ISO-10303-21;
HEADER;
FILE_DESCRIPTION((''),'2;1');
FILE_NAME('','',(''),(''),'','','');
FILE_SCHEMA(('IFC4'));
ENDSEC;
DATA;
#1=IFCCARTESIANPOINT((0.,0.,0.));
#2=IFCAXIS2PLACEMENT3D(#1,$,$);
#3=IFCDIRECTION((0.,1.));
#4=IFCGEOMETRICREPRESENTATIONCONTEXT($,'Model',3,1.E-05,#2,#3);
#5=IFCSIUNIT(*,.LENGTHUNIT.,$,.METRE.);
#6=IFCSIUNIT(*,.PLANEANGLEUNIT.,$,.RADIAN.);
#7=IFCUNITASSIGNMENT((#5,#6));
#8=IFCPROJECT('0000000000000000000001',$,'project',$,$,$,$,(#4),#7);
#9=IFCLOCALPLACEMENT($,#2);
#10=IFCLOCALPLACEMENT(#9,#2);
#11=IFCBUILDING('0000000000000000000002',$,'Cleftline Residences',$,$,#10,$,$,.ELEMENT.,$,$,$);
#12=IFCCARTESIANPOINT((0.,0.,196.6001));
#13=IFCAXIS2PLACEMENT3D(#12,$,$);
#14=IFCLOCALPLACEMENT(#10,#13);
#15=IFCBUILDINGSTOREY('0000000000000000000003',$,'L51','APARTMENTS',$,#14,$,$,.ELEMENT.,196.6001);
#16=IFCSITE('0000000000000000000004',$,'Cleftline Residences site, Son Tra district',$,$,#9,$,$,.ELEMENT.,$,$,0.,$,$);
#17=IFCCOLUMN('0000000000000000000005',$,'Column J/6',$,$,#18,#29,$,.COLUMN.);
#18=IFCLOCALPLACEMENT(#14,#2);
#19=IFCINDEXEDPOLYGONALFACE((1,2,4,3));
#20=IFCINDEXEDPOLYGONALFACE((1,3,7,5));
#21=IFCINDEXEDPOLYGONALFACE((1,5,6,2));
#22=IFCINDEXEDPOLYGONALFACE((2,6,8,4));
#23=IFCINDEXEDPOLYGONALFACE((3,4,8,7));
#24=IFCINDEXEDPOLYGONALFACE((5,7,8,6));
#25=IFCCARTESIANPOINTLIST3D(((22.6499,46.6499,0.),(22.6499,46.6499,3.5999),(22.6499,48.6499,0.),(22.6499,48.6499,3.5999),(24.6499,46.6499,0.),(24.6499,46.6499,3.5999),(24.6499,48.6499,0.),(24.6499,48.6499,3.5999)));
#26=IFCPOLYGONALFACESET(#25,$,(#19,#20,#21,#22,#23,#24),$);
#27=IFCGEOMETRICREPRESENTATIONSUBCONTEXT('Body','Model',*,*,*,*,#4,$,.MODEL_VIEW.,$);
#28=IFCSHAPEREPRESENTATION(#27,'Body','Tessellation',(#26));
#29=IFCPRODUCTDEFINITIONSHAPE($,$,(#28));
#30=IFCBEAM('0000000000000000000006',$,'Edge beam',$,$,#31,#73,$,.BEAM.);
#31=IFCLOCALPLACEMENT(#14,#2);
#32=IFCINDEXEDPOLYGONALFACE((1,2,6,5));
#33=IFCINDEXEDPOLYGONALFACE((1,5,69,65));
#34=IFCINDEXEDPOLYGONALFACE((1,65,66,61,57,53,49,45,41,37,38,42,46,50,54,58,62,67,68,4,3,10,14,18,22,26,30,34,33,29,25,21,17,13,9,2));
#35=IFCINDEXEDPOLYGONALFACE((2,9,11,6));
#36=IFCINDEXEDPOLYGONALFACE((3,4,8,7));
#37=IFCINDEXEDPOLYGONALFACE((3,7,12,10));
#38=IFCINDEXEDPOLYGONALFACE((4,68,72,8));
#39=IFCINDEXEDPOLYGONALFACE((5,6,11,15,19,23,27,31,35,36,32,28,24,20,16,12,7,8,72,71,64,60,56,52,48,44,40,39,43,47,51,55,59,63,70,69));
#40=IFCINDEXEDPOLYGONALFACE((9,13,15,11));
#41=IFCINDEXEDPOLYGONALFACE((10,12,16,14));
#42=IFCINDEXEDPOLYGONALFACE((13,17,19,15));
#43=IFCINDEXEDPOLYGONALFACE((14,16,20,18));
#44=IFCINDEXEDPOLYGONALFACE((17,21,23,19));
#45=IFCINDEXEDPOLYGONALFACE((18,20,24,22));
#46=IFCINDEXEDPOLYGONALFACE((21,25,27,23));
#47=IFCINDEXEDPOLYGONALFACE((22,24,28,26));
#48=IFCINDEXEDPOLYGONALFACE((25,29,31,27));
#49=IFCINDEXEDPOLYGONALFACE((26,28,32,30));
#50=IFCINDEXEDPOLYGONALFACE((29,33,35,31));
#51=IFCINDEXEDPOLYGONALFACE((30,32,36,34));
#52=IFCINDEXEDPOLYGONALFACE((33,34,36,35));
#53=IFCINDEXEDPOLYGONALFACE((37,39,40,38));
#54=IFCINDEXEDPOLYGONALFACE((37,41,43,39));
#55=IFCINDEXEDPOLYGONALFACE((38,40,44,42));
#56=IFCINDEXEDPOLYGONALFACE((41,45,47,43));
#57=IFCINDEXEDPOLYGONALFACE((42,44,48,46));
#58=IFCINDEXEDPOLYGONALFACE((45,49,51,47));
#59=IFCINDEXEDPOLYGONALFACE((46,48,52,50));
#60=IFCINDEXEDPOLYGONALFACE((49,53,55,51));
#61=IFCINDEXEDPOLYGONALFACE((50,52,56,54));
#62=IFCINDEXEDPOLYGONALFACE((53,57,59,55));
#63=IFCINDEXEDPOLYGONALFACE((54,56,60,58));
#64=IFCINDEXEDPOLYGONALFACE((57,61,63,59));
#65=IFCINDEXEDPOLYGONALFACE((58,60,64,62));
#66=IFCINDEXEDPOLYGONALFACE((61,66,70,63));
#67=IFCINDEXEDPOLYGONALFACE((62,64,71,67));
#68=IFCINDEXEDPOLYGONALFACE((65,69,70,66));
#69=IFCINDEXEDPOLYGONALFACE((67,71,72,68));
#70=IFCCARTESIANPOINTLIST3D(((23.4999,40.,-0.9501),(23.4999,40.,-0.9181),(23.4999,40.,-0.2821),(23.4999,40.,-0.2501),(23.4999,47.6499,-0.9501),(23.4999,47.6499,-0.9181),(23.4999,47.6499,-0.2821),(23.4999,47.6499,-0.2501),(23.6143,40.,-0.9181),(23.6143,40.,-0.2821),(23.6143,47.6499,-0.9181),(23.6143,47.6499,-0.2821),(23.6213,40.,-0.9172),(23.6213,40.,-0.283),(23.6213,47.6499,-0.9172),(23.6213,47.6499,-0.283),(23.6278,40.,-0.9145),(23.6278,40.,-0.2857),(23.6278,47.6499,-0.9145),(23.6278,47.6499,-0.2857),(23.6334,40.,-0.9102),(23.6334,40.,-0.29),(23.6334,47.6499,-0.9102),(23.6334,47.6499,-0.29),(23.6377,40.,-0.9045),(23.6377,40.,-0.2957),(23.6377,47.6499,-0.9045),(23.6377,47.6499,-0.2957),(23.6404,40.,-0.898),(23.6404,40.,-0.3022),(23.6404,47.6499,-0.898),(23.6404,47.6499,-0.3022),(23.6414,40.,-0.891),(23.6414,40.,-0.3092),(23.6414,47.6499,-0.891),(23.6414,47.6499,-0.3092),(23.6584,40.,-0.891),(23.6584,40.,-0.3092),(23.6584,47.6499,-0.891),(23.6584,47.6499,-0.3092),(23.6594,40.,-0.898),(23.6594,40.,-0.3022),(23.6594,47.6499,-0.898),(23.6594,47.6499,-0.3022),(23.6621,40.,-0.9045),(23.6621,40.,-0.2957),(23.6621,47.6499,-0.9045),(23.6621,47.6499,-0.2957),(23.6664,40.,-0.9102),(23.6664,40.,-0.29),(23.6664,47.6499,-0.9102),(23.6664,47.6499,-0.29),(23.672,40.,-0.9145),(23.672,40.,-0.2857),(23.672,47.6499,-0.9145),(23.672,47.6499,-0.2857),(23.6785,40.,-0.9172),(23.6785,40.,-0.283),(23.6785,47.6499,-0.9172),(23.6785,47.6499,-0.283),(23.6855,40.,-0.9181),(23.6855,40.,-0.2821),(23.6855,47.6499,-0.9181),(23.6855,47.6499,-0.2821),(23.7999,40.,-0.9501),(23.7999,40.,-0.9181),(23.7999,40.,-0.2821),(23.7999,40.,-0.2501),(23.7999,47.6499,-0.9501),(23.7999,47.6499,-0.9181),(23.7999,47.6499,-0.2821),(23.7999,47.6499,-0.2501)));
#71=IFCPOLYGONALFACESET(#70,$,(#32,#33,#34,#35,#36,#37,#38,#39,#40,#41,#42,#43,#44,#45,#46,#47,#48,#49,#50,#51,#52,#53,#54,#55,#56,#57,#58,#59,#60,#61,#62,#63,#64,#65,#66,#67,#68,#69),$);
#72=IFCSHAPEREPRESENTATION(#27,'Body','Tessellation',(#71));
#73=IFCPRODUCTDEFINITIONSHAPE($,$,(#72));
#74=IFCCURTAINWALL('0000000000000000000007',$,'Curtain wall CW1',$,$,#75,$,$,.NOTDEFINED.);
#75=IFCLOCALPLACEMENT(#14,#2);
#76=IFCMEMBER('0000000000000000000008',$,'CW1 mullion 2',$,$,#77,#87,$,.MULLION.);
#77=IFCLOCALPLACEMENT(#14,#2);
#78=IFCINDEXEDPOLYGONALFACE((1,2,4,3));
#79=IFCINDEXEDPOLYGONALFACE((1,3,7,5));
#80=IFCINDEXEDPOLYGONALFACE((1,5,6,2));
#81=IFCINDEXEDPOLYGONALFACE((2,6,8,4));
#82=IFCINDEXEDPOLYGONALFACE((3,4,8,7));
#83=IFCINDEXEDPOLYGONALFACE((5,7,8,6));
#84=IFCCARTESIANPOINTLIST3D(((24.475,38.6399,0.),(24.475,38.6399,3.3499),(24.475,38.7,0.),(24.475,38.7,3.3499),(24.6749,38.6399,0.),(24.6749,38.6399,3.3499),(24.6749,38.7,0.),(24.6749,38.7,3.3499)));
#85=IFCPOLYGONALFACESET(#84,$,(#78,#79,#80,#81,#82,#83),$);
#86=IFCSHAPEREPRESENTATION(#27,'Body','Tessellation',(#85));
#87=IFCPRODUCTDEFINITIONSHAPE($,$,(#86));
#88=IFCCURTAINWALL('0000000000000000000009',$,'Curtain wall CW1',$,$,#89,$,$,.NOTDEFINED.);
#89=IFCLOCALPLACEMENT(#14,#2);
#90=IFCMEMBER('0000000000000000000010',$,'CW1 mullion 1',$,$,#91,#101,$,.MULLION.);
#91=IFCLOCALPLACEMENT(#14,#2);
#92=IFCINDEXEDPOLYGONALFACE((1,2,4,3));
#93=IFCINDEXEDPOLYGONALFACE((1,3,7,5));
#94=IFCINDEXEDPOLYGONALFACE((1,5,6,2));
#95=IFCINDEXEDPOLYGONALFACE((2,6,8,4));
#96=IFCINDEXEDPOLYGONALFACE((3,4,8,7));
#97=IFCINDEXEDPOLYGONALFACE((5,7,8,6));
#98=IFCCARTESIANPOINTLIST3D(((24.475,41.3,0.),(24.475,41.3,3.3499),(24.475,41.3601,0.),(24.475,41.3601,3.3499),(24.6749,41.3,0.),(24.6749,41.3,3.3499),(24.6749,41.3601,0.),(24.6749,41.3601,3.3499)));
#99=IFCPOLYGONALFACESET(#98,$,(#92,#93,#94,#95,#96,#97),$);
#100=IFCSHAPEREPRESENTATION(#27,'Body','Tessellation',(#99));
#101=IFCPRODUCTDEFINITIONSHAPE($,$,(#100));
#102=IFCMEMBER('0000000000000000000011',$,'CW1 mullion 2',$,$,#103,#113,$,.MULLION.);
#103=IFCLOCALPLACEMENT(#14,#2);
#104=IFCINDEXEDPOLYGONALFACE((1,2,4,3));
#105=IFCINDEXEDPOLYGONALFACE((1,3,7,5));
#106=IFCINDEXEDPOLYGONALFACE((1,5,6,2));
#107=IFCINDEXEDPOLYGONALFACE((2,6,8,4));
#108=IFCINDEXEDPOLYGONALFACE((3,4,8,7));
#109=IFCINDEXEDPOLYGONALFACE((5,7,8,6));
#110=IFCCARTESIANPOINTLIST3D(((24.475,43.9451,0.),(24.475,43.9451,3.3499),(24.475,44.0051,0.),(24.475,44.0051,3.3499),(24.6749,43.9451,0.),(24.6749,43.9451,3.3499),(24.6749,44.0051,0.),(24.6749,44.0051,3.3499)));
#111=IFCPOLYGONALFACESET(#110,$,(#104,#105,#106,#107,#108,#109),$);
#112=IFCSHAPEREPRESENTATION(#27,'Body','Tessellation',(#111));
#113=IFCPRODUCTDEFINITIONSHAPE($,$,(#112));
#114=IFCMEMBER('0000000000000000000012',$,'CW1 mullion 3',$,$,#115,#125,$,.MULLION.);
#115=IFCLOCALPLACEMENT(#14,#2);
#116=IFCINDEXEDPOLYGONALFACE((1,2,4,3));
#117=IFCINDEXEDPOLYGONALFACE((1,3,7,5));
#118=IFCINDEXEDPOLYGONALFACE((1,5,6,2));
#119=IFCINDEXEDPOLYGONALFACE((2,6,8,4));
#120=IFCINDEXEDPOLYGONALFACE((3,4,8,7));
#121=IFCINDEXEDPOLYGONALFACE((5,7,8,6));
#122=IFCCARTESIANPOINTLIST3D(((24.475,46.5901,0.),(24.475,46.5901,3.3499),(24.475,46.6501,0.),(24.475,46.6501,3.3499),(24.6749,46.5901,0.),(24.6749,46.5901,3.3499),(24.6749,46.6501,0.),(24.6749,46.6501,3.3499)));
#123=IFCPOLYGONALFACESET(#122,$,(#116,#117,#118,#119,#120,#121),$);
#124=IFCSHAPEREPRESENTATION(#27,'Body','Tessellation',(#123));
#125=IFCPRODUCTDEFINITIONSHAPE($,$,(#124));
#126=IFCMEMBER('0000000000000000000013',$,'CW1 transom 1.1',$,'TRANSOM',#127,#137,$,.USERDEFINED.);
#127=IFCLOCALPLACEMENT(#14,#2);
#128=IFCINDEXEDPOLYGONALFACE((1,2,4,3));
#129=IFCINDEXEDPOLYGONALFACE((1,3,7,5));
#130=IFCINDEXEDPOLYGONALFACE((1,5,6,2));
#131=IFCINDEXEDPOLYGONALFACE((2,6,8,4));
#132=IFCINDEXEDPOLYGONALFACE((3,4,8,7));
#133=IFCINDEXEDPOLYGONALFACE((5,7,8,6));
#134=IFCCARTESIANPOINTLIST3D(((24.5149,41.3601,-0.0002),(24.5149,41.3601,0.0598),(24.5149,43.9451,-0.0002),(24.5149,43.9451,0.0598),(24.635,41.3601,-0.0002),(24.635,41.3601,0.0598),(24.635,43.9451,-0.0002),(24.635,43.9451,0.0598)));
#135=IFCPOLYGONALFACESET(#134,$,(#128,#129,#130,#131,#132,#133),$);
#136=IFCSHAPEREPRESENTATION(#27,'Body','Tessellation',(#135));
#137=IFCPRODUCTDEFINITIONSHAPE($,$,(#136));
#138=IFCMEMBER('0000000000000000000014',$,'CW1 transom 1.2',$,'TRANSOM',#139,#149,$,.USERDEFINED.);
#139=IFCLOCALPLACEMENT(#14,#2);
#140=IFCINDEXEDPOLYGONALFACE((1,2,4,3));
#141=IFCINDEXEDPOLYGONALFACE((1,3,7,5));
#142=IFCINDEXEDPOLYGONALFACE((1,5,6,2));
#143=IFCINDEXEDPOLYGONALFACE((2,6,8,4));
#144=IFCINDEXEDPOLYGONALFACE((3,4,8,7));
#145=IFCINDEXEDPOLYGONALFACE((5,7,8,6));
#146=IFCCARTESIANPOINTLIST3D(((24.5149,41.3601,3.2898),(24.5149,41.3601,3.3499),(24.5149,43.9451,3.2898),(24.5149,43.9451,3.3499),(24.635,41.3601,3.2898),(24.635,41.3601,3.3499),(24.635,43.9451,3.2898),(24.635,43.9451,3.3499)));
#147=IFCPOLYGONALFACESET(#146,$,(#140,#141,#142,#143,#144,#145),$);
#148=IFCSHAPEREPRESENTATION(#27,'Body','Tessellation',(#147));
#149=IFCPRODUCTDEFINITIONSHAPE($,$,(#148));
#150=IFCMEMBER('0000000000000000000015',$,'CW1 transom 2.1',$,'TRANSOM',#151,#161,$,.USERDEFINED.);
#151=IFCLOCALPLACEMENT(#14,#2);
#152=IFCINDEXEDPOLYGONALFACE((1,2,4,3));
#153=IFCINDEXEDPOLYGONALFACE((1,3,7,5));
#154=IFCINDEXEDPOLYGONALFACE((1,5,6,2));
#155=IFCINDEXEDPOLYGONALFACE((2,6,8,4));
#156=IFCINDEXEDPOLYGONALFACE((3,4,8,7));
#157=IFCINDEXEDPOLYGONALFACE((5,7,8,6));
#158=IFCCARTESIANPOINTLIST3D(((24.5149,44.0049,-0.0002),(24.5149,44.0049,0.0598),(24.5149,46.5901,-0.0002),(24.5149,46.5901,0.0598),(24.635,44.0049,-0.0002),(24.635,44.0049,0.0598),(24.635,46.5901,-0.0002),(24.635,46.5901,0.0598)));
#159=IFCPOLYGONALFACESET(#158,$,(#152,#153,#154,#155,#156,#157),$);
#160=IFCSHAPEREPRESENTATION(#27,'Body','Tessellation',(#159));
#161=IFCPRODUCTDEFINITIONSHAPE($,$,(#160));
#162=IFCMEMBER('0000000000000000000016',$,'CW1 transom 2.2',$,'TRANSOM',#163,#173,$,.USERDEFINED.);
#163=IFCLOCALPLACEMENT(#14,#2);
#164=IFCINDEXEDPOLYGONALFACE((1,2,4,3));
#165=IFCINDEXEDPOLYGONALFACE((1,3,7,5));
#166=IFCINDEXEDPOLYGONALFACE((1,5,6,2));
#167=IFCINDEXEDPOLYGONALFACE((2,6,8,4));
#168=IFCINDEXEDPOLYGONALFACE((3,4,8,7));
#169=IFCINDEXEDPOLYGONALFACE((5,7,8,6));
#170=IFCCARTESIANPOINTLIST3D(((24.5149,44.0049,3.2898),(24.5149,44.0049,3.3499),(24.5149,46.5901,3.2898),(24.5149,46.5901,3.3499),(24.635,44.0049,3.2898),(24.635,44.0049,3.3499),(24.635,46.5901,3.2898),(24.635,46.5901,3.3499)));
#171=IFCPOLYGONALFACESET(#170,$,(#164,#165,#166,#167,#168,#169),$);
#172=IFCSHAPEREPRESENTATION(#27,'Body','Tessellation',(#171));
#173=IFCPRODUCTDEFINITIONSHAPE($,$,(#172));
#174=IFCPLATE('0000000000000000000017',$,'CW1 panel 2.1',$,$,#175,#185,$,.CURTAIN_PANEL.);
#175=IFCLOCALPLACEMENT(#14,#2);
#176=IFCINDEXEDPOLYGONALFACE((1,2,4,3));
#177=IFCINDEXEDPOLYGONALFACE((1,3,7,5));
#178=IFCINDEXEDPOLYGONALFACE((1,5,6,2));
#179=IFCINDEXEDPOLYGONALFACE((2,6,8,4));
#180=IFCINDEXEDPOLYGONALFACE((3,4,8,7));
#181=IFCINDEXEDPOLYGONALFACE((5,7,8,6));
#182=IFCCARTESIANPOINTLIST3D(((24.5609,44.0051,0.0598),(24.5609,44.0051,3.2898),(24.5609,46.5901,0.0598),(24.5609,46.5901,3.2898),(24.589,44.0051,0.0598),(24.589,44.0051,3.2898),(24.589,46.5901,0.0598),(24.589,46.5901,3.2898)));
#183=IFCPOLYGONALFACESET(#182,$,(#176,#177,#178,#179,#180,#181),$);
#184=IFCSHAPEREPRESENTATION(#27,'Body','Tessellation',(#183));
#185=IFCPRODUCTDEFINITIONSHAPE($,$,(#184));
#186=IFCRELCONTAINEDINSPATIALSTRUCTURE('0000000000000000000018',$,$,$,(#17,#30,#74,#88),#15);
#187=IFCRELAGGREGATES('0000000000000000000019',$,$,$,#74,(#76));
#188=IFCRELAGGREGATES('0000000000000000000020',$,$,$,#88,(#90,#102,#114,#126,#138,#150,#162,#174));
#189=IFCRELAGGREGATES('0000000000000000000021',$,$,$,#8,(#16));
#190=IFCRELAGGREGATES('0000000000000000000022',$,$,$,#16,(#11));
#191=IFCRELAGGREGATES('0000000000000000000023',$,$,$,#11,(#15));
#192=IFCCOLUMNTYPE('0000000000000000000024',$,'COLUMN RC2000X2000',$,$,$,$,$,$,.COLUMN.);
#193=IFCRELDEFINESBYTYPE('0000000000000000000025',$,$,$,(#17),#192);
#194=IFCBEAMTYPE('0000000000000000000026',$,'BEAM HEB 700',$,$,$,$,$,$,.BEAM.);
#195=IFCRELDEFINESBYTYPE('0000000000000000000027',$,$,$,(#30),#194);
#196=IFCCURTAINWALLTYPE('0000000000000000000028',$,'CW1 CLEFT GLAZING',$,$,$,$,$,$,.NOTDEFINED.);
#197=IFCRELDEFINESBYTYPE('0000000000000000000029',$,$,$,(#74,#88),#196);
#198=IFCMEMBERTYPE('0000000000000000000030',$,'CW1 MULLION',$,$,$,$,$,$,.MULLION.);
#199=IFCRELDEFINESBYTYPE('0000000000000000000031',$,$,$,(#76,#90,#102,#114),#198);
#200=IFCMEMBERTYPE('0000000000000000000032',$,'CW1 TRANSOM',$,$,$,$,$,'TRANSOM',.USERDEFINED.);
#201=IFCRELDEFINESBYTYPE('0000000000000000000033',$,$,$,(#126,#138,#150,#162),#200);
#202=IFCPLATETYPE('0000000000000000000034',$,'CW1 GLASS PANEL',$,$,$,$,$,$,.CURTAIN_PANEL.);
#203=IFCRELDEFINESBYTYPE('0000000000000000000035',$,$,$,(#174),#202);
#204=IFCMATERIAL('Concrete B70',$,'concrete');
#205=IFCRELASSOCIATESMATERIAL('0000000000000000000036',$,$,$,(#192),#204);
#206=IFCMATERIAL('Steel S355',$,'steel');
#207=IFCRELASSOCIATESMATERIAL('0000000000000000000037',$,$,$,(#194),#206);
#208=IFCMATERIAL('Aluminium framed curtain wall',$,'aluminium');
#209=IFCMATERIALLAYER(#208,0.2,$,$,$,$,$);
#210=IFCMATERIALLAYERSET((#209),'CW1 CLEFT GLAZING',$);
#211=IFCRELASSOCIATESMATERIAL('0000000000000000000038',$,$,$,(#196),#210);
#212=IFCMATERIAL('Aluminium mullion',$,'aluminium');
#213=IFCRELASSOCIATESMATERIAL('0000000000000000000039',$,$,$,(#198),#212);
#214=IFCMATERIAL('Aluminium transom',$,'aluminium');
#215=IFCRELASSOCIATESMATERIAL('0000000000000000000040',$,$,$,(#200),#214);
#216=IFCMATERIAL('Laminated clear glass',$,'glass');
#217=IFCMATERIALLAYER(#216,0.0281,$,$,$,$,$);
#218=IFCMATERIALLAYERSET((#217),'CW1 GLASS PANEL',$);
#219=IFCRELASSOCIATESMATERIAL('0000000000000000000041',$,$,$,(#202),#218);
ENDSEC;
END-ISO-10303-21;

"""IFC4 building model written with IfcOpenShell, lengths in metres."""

from ifc_helpers import new_model, si_unit, direction, frame, origin, origin_2d, place, context, subcontext, project, spatial, rectangle, i_section, extrude, material, layer, layer_set, material_profile, profile_set, type_object, element, aggregate, save


model = new_model("IFC4")

# Units and contexts
model_context = context("Model", 3, precision=1e-05, world=origin(), true_north=direction((0.0, 1.0)))
body_context = subcontext(model_context, "Body", "Model", "MODEL_VIEW")
ifc_project = project(units=[si_unit("LENGTHUNIT", "METRE"), si_unit("PLANEANGLEUNIT", "RADIAN")], contexts=[model_context])

# Site, building, storey
site_placement = place(None, origin())
site = spatial("IfcSite", under=ifc_project, at=site_placement, Name="Cleftline Residences site, Son Tra district", CompositionType="ELEMENT", RefElevation=0.0)
building_placement = place(site_placement, origin())
building = spatial("IfcBuilding", under=site, at=building_placement, Name="Cleftline Residences", CompositionType="ELEMENT")
storey_placement = place(building_placement, frame((0.0, 0.0, 196.6001)))
storey = spatial("IfcBuildingStorey", under=building, at=storey_placement, Name="L51", Description="APARTMENTS", CompositionType="ELEMENT", Elevation=196.6001)

# Column
ifc_material_1 = material(Name="Concrete B70", Category="concrete")
ifc_material_profile_1 = material_profile(ifc_material_1, rectangle(XDim=2.0, YDim=2.0, at=origin_2d()))
ifc_profile_set_1 = profile_set([ifc_material_profile_1], Name="Concrete B70")
column_type = type_object("IfcColumnType", Name="COLUMN RC2000X2000", PredefinedType="COLUMN", material=ifc_profile_set_1)
column_placement = place(storey_placement, frame((23.6499, 47.6499, 0.0), z_axis=(0.0, 0.0, 1.0), x_axis=(1.0, 0.0, 0.0)))
element("IfcColumn", 1, at=column_placement, inside=storey, type_object=column_type, Name="Column J/6", PredefinedType="COLUMN", context=body_context, shape_type="SweptSolid", body=[
    extrude(rectangle(XDim=2.0, YDim=2.0, at=origin_2d()), origin(), (0.0, 0.0, 1.0), 3.5999),
])

# Beam
ifc_material_2 = material(Name="Steel S355", Category="steel")
ifc_material_profile_2 = material_profile(ifc_material_2, i_section(OverallWidth=0.3, OverallDepth=0.7, WebThickness=0.0171, FlangeThickness=0.032, FilletRadius=0.0271, at=origin_2d()))
ifc_profile_set_2 = profile_set([ifc_material_profile_2], Name="Steel S355")
beam_type = type_object("IfcBeamType", Name="BEAM HEB 700", PredefinedType="BEAM", material=ifc_profile_set_2)
beam_placement = place(storey_placement, frame((23.6499, 47.6499, -0.6001), z_axis=(0.0, -1.0, 0.0), x_axis=(1.0, 0.0, 0.0)))
element("IfcBeam", 2, at=beam_placement, inside=storey, type_object=beam_type, Name="Edge beam", PredefinedType="BEAM", context=body_context, shape_type="SweptSolid", body=[
    extrude(i_section(OverallWidth=0.3, OverallDepth=0.7, WebThickness=0.0171, FlangeThickness=0.032, FilletRadius=0.0271, at=origin_2d()), origin(), (0.0, 0.0, 1.0), 7.6499),
])

# Curtain wall, member
ifc_material_3 = material(Name="Aluminium framed curtain wall", Category="aluminium")
ifc_layer_1 = layer(ifc_material_3, 0.2)
ifc_layer_set_1 = layer_set([ifc_layer_1], Name="CW1 CLEFT GLAZING")
curtain_wall_type = type_object("IfcCurtainWallType", Name="CW1 CLEFT GLAZING", PredefinedType="NOTDEFINED", material=ifc_layer_set_1)
curtain_wall_1_placement = place(storey_placement, origin())
curtain_wall_1 = element("IfcCurtainWall", 3, at=curtain_wall_1_placement, inside=storey, type_object=curtain_wall_type, Name="Curtain wall CW1", PredefinedType="NOTDEFINED")
ifc_material_4 = material(Name="Aluminium mullion", Category="aluminium")
ifc_material_profile_3 = material_profile(ifc_material_4, rectangle(XDim=0.2, YDim=0.0601, at=origin_2d()))
ifc_profile_set_3 = profile_set([ifc_material_profile_3], Name="Aluminium mullion")
member_type_1 = type_object("IfcMemberType", Name="CW1 MULLION", PredefinedType="MULLION", material=ifc_profile_set_3)
member_1_placement = place(storey_placement, frame((24.575, 38.6699, 0.0), z_axis=(0.0, 0.0, 1.0), x_axis=(-1.0, 0.0, 0.0)))
member_1 = element("IfcMember", 4, at=member_1_placement, type_object=member_type_1, Name="CW1 mullion 2", PredefinedType="MULLION", context=body_context, shape_type="SweptSolid", body=[
    extrude(rectangle(XDim=0.2, YDim=0.0601, at=origin_2d()), origin(), (0.0, 0.0, 1.0), 3.3499),
])
aggregate(curtain_wall_1, [member_1])

# Curtain wall, members, plate
curtain_wall_2_placement = place(storey_placement, origin())
curtain_wall_2 = element("IfcCurtainWall", 5, at=curtain_wall_2_placement, inside=storey, type_object=curtain_wall_type, Name="Curtain wall CW1", PredefinedType="NOTDEFINED")
member_2_placement = place(storey_placement, frame((24.575, 41.3301, 0.0), z_axis=(0.0, 0.0, 1.0), x_axis=(-1.0, 0.0, 0.0)))
member_2 = element("IfcMember", 6, at=member_2_placement, type_object=member_type_1, Name="CW1 mullion 1", PredefinedType="MULLION", context=body_context, shape_type="SweptSolid", body=[
    extrude(rectangle(XDim=0.2, YDim=0.0601, at=origin_2d()), origin(), (0.0, 0.0, 1.0), 3.3499),
])
member_3_placement = place(storey_placement, frame((24.575, 43.9751, 0.0), z_axis=(0.0, 0.0, 1.0), x_axis=(-1.0, 0.0, 0.0)))
member_3 = element("IfcMember", 7, at=member_3_placement, type_object=member_type_1, Name="CW1 mullion 2", PredefinedType="MULLION", context=body_context, shape_type="SweptSolid", body=[
    extrude(rectangle(XDim=0.2, YDim=0.0601, at=origin_2d()), origin(), (0.0, 0.0, 1.0), 3.3499),
])
member_4_placement = place(storey_placement, frame((24.575, 46.6201, 0.0), z_axis=(0.0, 0.0, 1.0), x_axis=(-1.0, 0.0, 0.0)))
member_4 = element("IfcMember", 8, at=member_4_placement, type_object=member_type_1, Name="CW1 mullion 3", PredefinedType="MULLION", context=body_context, shape_type="SweptSolid", body=[
    extrude(rectangle(XDim=0.2, YDim=0.0601, at=origin_2d()), origin(), (0.0, 0.0, 1.0), 3.3499),
])
ifc_material_5 = material(Name="Aluminium transom", Category="aluminium")
ifc_material_profile_4 = material_profile(ifc_material_5, rectangle(XDim=0.1201, YDim=0.0601, at=origin_2d()))
ifc_profile_set_4 = profile_set([ifc_material_profile_4], Name="Aluminium transom")
member_type_2 = type_object("IfcMemberType", Name="CW1 TRANSOM", ElementType="TRANSOM", PredefinedType="USERDEFINED", material=ifc_profile_set_4)
member_5_placement = place(storey_placement, frame((24.575, 41.3601, 0.0298), z_axis=(0.0, 1.0, 0.0), x_axis=(-1.0, 0.0, 0.0)))
member_5 = element("IfcMember", 9, at=member_5_placement, type_object=member_type_2, Name="CW1 transom 1.1", ObjectType="TRANSOM", PredefinedType="USERDEFINED", context=body_context, shape_type="SweptSolid", body=[
    extrude(rectangle(XDim=0.1201, YDim=0.0601, at=origin_2d()), origin(), (0.0, 0.0, 1.0), 2.585),
])
member_6_placement = place(storey_placement, frame((24.575, 41.3601, 3.3198), z_axis=(0.0, 1.0, 0.0), x_axis=(-1.0, 0.0, 0.0)))
member_6 = element("IfcMember", 10, at=member_6_placement, type_object=member_type_2, Name="CW1 transom 1.2", ObjectType="TRANSOM", PredefinedType="USERDEFINED", context=body_context, shape_type="SweptSolid", body=[
    extrude(rectangle(XDim=0.1201, YDim=0.0601, at=origin_2d()), origin(), (0.0, 0.0, 1.0), 2.585),
])
member_7_placement = place(storey_placement, frame((24.575, 44.0049, 0.0298), z_axis=(0.0, 1.0, 0.0), x_axis=(-1.0, 0.0, 0.0)))
member_7 = element("IfcMember", 11, at=member_7_placement, type_object=member_type_2, Name="CW1 transom 2.1", ObjectType="TRANSOM", PredefinedType="USERDEFINED", context=body_context, shape_type="SweptSolid", body=[
    extrude(rectangle(XDim=0.1201, YDim=0.0601, at=origin_2d()), origin(), (0.0, 0.0, 1.0), 2.5852),
])
member_8_placement = place(storey_placement, frame((24.575, 44.0049, 3.3198), z_axis=(0.0, 1.0, 0.0), x_axis=(-1.0, 0.0, 0.0)))
member_8 = element("IfcMember", 12, at=member_8_placement, type_object=member_type_2, Name="CW1 transom 2.2", ObjectType="TRANSOM", PredefinedType="USERDEFINED", context=body_context, shape_type="SweptSolid", body=[
    extrude(rectangle(XDim=0.1201, YDim=0.0601, at=origin_2d()), origin(), (0.0, 0.0, 1.0), 2.5852),
])
ifc_material_6 = material(Name="Laminated clear glass", Category="glass")
ifc_layer_2 = layer(ifc_material_6, 0.0281)
ifc_layer_set_2 = layer_set([ifc_layer_2], Name="CW1 GLASS PANEL")
plate_type_1 = type_object("IfcPlateType", Name="CW1 GLASS PANEL", PredefinedType="CURTAIN_PANEL", material=ifc_layer_set_2)
plate_1_placement = place(storey_placement, frame((24.575, 45.2976, 0.0598), z_axis=(0.0, 0.0, 1.0), x_axis=(0.0, 1.0, 0.0)))
plate_1 = element("IfcPlate", 13, at=plate_1_placement, type_object=plate_type_1, Name="CW1 panel 2.1", PredefinedType="CURTAIN_PANEL", context=body_context, shape_type="SweptSolid", body=[
    extrude(rectangle(XDim=2.585, YDim=0.0281, at=origin_2d()), origin(), (0.0, 0.0, 1.0), 3.23),
])
aggregate(curtain_wall_2, [member_2, member_3, member_4, member_5, member_6, member_7, member_8, plate_1])

save(model, "model.ifc")
